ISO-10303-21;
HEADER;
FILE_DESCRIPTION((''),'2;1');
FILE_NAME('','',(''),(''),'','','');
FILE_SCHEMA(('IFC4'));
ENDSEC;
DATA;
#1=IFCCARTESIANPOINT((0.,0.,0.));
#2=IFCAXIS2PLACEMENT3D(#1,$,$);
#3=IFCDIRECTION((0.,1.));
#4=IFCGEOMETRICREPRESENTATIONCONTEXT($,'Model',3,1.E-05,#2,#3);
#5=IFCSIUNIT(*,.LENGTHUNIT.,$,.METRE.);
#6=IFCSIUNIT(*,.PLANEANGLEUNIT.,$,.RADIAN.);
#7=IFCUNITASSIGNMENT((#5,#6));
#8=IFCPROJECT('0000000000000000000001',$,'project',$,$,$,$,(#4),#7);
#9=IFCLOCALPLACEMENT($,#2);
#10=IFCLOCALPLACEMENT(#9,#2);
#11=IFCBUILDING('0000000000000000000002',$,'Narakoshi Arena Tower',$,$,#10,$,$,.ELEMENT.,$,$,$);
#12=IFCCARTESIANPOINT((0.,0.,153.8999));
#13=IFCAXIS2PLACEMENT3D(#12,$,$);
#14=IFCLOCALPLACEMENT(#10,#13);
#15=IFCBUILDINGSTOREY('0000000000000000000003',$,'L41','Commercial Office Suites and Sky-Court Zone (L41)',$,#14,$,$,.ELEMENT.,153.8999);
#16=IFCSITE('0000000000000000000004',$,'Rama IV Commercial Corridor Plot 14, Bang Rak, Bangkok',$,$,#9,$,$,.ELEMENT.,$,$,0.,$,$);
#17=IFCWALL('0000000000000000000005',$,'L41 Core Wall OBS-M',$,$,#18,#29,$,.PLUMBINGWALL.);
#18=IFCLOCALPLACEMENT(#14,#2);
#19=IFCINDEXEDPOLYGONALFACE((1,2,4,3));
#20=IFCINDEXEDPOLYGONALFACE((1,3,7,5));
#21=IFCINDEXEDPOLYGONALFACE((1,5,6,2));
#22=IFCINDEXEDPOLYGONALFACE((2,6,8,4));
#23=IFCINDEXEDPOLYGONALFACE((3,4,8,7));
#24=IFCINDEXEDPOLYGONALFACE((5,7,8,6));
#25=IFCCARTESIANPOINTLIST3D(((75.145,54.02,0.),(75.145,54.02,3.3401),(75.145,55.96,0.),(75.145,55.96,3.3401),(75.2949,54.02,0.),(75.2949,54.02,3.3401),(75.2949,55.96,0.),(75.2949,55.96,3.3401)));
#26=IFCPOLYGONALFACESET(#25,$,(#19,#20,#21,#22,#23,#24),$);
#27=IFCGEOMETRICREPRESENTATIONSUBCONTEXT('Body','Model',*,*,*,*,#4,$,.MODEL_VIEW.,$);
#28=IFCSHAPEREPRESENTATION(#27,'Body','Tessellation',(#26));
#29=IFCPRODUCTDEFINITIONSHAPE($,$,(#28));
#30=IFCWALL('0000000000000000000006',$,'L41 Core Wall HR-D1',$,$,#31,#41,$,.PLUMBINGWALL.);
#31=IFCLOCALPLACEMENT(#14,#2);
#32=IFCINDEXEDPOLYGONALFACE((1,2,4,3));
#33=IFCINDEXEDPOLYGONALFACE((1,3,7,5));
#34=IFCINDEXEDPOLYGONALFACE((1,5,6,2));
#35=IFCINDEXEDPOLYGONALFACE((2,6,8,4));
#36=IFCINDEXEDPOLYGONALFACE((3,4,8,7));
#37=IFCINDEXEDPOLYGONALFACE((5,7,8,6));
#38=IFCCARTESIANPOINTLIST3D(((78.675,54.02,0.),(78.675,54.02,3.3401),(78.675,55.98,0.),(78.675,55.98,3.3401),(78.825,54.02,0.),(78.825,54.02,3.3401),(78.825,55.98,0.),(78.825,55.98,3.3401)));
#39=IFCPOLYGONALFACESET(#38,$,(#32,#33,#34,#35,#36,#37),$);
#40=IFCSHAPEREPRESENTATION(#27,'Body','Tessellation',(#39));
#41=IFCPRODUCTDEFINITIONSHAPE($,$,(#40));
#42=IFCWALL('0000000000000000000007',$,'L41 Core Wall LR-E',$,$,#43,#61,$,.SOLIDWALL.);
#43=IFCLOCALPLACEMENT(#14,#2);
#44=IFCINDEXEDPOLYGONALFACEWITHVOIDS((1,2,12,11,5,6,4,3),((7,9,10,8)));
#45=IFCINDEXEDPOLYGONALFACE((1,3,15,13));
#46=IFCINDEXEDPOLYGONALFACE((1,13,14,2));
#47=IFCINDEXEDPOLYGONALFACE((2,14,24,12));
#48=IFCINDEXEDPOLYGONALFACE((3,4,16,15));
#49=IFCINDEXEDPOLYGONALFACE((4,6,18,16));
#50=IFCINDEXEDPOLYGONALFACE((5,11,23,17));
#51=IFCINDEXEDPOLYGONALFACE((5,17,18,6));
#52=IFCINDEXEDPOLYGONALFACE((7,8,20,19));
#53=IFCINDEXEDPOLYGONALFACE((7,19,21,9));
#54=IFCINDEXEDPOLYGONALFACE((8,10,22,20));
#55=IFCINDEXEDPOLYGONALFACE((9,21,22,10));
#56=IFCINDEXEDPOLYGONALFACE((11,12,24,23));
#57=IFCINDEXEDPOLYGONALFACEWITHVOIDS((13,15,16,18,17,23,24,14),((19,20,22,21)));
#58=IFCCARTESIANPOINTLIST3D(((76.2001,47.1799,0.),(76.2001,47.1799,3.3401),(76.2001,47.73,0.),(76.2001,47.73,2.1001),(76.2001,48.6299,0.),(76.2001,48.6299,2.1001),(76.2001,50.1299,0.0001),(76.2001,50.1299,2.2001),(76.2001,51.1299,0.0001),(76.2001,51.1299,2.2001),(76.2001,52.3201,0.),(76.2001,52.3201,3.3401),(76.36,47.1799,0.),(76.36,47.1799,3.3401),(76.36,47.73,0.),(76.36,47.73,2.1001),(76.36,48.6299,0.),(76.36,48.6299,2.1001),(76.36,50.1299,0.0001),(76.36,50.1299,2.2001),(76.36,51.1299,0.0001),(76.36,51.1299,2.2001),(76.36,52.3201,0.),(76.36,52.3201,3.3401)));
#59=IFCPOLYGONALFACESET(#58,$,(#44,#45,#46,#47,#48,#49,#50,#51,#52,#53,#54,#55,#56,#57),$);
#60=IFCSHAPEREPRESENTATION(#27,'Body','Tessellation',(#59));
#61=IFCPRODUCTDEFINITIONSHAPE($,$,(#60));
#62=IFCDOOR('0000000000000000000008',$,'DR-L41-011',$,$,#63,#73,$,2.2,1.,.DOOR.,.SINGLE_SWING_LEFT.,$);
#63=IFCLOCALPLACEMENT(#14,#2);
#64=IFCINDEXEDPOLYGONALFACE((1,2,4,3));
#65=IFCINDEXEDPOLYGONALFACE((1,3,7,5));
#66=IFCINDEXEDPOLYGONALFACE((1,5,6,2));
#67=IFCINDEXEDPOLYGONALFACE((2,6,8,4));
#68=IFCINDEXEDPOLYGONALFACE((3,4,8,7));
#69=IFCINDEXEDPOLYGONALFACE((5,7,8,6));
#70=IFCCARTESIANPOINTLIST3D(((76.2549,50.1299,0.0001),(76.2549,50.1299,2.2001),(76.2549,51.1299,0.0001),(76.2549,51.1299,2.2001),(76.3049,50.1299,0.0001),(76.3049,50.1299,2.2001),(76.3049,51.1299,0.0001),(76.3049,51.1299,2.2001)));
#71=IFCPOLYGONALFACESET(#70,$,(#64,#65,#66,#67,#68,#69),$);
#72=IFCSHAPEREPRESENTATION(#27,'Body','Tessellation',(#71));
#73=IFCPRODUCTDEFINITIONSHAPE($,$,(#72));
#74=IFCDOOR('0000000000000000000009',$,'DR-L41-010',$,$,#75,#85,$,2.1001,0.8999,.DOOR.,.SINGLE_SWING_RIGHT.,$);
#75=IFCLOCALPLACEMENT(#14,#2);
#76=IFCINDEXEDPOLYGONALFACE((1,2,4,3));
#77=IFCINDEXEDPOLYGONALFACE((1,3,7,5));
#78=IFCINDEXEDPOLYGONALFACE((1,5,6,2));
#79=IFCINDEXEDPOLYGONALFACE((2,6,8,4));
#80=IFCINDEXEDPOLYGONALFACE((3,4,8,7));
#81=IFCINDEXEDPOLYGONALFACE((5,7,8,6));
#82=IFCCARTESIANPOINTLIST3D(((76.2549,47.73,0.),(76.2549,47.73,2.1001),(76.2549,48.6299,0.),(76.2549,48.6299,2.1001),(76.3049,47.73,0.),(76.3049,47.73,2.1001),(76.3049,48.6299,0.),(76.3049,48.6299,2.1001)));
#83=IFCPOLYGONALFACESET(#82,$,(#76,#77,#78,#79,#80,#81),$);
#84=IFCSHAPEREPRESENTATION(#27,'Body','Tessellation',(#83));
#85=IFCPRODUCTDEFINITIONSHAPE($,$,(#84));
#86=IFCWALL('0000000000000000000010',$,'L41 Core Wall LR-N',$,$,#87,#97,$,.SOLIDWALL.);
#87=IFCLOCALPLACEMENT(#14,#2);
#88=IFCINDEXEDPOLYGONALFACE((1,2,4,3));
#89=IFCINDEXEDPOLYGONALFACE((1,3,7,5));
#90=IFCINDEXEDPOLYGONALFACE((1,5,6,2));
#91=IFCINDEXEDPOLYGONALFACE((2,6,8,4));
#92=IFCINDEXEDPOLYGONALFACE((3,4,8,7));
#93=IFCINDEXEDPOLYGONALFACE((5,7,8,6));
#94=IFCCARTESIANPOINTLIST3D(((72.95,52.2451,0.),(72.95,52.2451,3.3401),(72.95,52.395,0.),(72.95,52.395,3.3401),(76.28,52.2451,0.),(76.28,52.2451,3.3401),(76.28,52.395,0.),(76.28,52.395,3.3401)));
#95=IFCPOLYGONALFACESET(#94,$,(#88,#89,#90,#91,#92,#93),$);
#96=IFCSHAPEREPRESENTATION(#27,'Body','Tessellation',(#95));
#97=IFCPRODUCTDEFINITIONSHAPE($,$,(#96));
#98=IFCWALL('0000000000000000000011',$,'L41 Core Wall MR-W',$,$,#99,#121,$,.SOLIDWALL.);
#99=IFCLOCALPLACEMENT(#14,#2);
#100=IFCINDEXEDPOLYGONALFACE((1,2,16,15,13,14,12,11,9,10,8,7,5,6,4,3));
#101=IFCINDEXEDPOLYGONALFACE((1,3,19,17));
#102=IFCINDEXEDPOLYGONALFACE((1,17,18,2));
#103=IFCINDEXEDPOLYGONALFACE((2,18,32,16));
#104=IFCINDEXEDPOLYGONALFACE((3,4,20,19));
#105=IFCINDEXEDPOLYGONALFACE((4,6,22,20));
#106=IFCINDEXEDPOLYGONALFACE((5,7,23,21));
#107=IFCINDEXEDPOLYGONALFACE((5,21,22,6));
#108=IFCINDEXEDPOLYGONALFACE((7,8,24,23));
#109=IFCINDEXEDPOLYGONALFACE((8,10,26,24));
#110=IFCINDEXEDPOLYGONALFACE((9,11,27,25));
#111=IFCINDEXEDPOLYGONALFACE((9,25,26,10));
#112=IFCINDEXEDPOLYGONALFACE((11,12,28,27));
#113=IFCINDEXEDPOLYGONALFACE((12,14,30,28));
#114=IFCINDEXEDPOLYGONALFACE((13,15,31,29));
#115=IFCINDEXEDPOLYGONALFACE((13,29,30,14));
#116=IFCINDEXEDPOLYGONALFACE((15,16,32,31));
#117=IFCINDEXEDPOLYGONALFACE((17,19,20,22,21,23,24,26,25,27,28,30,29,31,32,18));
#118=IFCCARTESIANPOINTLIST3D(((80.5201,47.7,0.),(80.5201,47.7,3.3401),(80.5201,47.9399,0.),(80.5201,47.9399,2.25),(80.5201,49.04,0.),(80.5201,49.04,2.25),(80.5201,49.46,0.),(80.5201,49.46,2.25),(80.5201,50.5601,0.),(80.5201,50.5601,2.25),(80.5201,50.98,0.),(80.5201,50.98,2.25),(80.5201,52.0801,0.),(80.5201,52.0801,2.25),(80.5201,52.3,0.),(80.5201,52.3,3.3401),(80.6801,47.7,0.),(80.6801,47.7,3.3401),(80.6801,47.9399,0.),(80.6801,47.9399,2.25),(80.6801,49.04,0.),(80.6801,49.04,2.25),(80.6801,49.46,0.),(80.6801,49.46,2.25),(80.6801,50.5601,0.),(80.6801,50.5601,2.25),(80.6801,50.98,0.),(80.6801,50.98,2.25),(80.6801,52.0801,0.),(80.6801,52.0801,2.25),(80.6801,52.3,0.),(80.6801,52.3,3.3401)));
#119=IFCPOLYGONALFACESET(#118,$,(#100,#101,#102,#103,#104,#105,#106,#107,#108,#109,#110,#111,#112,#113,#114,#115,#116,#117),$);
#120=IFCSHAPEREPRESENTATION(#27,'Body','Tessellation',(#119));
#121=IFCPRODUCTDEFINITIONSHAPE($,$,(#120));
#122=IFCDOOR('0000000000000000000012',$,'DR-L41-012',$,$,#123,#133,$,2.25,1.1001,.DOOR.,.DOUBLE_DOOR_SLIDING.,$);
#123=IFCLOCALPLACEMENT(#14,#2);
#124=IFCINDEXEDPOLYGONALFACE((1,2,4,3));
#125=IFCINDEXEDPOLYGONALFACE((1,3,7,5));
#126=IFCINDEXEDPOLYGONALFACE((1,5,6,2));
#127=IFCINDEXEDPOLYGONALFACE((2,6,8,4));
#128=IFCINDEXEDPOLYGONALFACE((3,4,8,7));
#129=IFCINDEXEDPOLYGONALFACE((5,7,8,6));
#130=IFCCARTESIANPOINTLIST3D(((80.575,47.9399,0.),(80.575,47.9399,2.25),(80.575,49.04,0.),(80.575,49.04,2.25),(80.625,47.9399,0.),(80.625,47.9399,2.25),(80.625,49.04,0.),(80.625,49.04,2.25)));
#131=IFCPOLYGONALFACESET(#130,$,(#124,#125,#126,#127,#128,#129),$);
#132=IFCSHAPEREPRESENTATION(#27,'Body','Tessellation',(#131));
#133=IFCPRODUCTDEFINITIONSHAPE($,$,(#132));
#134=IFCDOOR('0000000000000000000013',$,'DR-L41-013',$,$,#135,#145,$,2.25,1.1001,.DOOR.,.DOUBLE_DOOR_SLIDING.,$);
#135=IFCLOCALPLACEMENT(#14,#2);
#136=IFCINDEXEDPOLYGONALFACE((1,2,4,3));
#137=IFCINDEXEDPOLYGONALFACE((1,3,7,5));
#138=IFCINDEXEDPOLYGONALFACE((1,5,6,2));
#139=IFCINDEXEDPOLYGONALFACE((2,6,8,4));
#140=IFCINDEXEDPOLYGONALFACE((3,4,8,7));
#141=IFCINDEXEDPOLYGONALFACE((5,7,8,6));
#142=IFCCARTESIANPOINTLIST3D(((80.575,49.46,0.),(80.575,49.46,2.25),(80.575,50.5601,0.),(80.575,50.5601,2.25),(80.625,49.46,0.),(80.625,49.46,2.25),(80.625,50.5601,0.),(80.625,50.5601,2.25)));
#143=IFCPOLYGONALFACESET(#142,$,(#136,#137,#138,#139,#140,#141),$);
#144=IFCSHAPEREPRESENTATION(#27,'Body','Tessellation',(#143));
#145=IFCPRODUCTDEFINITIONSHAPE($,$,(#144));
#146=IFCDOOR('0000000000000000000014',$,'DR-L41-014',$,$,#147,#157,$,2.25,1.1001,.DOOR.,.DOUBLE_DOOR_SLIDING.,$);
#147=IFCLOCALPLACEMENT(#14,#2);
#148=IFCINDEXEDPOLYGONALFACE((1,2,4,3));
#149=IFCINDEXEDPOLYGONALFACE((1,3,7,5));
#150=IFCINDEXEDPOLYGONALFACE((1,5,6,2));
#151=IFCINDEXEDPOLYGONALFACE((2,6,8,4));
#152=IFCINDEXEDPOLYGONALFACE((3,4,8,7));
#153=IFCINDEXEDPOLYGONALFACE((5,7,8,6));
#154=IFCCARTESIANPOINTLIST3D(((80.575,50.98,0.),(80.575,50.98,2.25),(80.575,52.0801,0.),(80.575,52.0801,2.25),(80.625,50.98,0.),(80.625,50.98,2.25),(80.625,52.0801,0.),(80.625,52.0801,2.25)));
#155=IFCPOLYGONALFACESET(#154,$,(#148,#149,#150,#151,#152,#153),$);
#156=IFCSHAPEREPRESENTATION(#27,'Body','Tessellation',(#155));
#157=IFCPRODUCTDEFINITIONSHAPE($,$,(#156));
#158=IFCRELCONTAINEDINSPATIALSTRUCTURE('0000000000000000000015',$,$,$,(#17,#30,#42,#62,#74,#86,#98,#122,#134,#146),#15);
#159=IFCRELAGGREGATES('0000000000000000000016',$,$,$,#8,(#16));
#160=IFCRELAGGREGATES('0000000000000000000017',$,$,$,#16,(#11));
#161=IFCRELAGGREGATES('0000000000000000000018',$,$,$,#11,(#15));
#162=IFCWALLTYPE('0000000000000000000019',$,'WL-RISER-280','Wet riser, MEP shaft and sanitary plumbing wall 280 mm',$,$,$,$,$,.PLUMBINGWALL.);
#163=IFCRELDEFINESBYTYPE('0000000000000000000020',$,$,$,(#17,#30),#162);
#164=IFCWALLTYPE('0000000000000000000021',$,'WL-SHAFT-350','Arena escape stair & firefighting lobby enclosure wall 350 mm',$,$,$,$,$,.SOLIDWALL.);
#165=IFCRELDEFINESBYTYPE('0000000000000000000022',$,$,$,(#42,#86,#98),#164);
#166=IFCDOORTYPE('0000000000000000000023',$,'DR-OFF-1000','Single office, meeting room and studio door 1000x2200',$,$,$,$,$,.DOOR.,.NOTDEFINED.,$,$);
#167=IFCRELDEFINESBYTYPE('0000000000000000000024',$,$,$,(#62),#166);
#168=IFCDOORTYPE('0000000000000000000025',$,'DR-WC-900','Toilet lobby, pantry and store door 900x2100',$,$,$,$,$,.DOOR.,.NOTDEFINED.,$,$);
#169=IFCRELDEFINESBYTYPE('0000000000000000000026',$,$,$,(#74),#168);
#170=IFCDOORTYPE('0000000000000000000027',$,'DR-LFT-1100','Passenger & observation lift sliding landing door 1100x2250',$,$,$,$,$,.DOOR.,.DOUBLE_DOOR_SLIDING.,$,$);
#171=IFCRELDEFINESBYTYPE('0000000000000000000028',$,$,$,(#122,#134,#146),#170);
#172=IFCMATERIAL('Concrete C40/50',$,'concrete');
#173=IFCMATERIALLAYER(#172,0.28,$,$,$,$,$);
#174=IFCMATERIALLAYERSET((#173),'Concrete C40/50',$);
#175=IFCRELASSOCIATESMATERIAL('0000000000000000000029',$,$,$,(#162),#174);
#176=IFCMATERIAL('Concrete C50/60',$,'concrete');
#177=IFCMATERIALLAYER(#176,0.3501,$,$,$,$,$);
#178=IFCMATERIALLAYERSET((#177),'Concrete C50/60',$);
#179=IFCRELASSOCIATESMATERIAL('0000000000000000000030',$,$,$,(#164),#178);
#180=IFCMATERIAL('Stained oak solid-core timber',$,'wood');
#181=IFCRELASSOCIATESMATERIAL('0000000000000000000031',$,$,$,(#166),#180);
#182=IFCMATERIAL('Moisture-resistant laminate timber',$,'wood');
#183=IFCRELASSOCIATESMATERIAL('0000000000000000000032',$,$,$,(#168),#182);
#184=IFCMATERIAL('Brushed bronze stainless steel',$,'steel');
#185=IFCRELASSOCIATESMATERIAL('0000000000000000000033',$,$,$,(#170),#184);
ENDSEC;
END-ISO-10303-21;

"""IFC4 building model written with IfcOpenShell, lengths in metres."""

from ifc_helpers import new_model, si_unit, direction, frame, frame_2d, origin, place, context, subcontext, project, spatial, rectangle, extrude, material, layer, layer_set, type_object, element, fill, save


model = new_model("IFC4")

# Units and contexts
model_context = context("Model", 3, precision=1e-05, world=origin(), true_north=direction((0.0, 1.0)))
body_context = subcontext(model_context, "Body", "Model", "MODEL_VIEW")
ifc_project = project(units=[si_unit("LENGTHUNIT", "METRE"), si_unit("PLANEANGLEUNIT", "RADIAN")], contexts=[model_context])

# Site, building, storey
site_placement = place(None, origin())
site = spatial("IfcSite", under=ifc_project, at=site_placement, Name="Rama IV Commercial Corridor Plot 14, Bang Rak, Bangkok", CompositionType="ELEMENT", RefElevation=0.0)
building_placement = place(site_placement, origin())
building = spatial("IfcBuilding", under=site, at=building_placement, Name="Narakoshi Arena Tower", CompositionType="ELEMENT")
storey_placement = place(building_placement, frame((0.0, 0.0, 153.8999)))
storey = spatial("IfcBuildingStorey", under=building, at=storey_placement, Name="L41", Description="Commercial Office Suites and Sky-Court Zone (L41)", CompositionType="ELEMENT", Elevation=153.8999)

# Walls
ifc_material_1 = material(Name="Concrete C40/50", Category="concrete")
ifc_layer_1 = layer(ifc_material_1, 0.28)
ifc_layer_set_1 = layer_set([ifc_layer_1], Name="Concrete C40/50")
wall_type_1 = type_object("IfcWallType", Name="WL-RISER-280", Description="Wet riser, MEP shaft and sanitary plumbing wall 280 mm", PredefinedType="PLUMBINGWALL", material=ifc_layer_set_1)
for number, where, z_axis, x_axis, name in (
    (1, (75.22, 54.02, 0.0), (0.0, 0.0, 1.0), (0.0, 1.0, 0.0), "L41 Core Wall OBS-M"),
):
    element("IfcWall", number, at=place(storey_placement, frame(where, z_axis=z_axis, x_axis=x_axis)), inside=storey, type_object=wall_type_1, Name=name, PredefinedType="PLUMBINGWALL", context=body_context, shape_type="SweptSolid", body=[
        extrude(rectangle(XDim=1.9399, YDim=0.1499, at=frame_2d((0.97, 0.0))), origin(), (0.0, 0.0, 1.0), 3.3401),
    ])
wall_1_placement = place(storey_placement, frame((78.75, 54.02, 0.0), z_axis=(0.0, 0.0, 1.0), x_axis=(0.0, 1.0, 0.0)))
element("IfcWall", 2, at=wall_1_placement, inside=storey, type_object=wall_type_1, Name="L41 Core Wall HR-D1", PredefinedType="PLUMBINGWALL", context=body_context, shape_type="SweptSolid", body=[
    extrude(rectangle(XDim=1.96, YDim=0.1499, at=frame_2d((0.98, 0.0))), origin(), (0.0, 0.0, 1.0), 3.3401),
])

# Wall, openings, doors
ifc_material_2 = material(Name="Concrete C50/60", Category="concrete")
ifc_layer_2 = layer(ifc_material_2, 0.3501)
ifc_layer_set_2 = layer_set([ifc_layer_2], Name="Concrete C50/60")
wall_type_2 = type_object("IfcWallType", Name="WL-SHAFT-350", Description="Arena escape stair & firefighting lobby enclosure wall 350 mm", PredefinedType="SOLIDWALL", material=ifc_layer_set_2)
wall_2_placement = place(storey_placement, frame((76.28, 47.1799, 0.0), z_axis=(0.0, 0.0, 1.0), x_axis=(0.0, 1.0, 0.0)))
wall_2 = element("IfcWall", 3, at=wall_2_placement, inside=storey, type_object=wall_type_2, Name="L41 Core Wall LR-E", PredefinedType="SOLIDWALL", context=body_context, shape_type="SweptSolid", body=[
    extrude(rectangle(XDim=5.1401, YDim=0.1599, at=frame_2d((2.5701, 0.0))), origin(), (0.0, 0.0, 1.0), 3.3401),
])
opening_1_placement = place(wall_2_placement, frame((0.55, 0.0, 0.0)))
opening_1 = element("IfcOpeningElement", 4, at=opening_1_placement, cuts=wall_2, PredefinedType="OPENING", context=body_context, shape_type="SweptSolid", body=[
    extrude(rectangle(XDim=0.8999, YDim=2.1001, at=frame_2d((0.45, 1.05))), frame((0.0, 0.0898, 0.0), z_axis=(0.0, -1.0, 0.0), x_axis=(1.0, 0.0, 0.0)), (0.0, 0.0, 1.0), 0.1799),
])
opening_2_placement = place(wall_2_placement, frame((2.95, 0.0, 0.0)))
opening_2 = element("IfcOpeningElement", 5, at=opening_2_placement, cuts=wall_2, PredefinedType="OPENING", context=body_context, shape_type="SweptSolid", body=[
    extrude(rectangle(XDim=1.0, YDim=2.2, at=frame_2d((0.5, 1.1001))), frame((0.0, 0.0898, 0.0), z_axis=(0.0, -1.0, 0.0), x_axis=(1.0, 0.0, 0.0)), (0.0, 0.0, 1.0), 0.1799),
])
ifc_material_3 = material(Name="Stained oak solid-core timber", Category="wood")
door_type_1 = type_object("IfcDoorType", Name="DR-OFF-1000", Description="Single office, meeting room and studio door 1000x2200", OperationType="NOTDEFINED", PredefinedType="DOOR", material=ifc_material_3)
door_1_placement = place(opening_2_placement, frame((1.0, 0.0, 0.0), z_axis=(0.0, 0.0, 1.0), x_axis=(-1.0, 0.0, 0.0)))
door_1 = element("IfcDoor", 6, at=door_1_placement, inside=storey, type_object=door_type_1, Name="DR-L41-011", OperationType="SINGLE_SWING_LEFT", OverallHeight=2.2, OverallWidth=1.0, PredefinedType="DOOR", context=body_context, shape_type="SweptSolid", body=[
    extrude(rectangle(XDim=1.0, YDim=2.2, at=frame_2d((0.5, 1.1001))), frame((0.0, 0.0249, 0.0), z_axis=(0.0, -1.0, 0.0), x_axis=(1.0, 0.0, 0.0)), (0.0, 0.0, 1.0), 0.05),
])
fill(opening_2, door_1)
ifc_material_4 = material(Name="Moisture-resistant laminate timber", Category="wood")
door_type_2 = type_object("IfcDoorType", Name="DR-WC-900", Description="Toilet lobby, pantry and store door 900x2100", OperationType="NOTDEFINED", PredefinedType="DOOR", material=ifc_material_4)
door_2_placement = place(opening_1_placement, frame((0.8999, 0.0, 0.0), z_axis=(0.0, 0.0, 1.0), x_axis=(-1.0, 0.0, 0.0)))
door_2 = element("IfcDoor", 7, at=door_2_placement, inside=storey, type_object=door_type_2, Name="DR-L41-010", OperationType="SINGLE_SWING_RIGHT", OverallHeight=2.1001, OverallWidth=0.8999, PredefinedType="DOOR", context=body_context, shape_type="SweptSolid", body=[
    extrude(rectangle(XDim=0.8999, YDim=2.1001, at=frame_2d((0.45, 1.05))), frame((0.0, 0.0249, 0.0), z_axis=(0.0, -1.0, 0.0), x_axis=(1.0, 0.0, 0.0)), (0.0, 0.0, 1.0), 0.05),
])
fill(opening_1, door_2)

# Wall
wall_3_placement = place(storey_placement, frame((72.95, 52.3201, 0.0), z_axis=(0.0, 0.0, 1.0), x_axis=(1.0, 0.0, 0.0)))
element("IfcWall", 8, at=wall_3_placement, inside=storey, type_object=wall_type_2, Name="L41 Core Wall LR-N", PredefinedType="SOLIDWALL", context=body_context, shape_type="SweptSolid", body=[
    extrude(rectangle(XDim=3.3301, YDim=0.1499, at=frame_2d((1.665, 0.0))), origin(), (0.0, 0.0, 1.0), 3.3401),
])

# Wall, openings, doors
wall_4_placement = place(storey_placement, frame((80.6001, 47.7, 0.0), z_axis=(0.0, 0.0, 1.0), x_axis=(0.0, 1.0, 0.0)))
wall_4 = element("IfcWall", 9, at=wall_4_placement, inside=storey, type_object=wall_type_2, Name="L41 Core Wall MR-W", PredefinedType="SOLIDWALL", context=body_context, shape_type="SweptSolid", body=[
    extrude(rectangle(XDim=4.6001, YDim=0.1599, at=frame_2d((2.3, 0.0))), origin(), (0.0, 0.0, 1.0), 3.3401),
])
opening_3_placement = place(wall_4_placement, frame((0.24, 0.0, 0.0)))
opening_3 = element("IfcOpeningElement", 10, at=opening_3_placement, cuts=wall_4, PredefinedType="OPENING", context=body_context, shape_type="SweptSolid", body=[
    extrude(rectangle(XDim=1.1001, YDim=2.25, at=frame_2d((0.55, 1.125))), frame((0.0, 0.0898, 0.0), z_axis=(0.0, -1.0, 0.0), x_axis=(1.0, 0.0, 0.0)), (0.0, 0.0, 1.0), 0.1799),
])
opening_4_placement = place(wall_4_placement, frame((1.76, 0.0, 0.0)))
opening_4 = element("IfcOpeningElement", 11, at=opening_4_placement, cuts=wall_4, PredefinedType="OPENING", context=body_context, shape_type="SweptSolid", body=[
    extrude(rectangle(XDim=1.1001, YDim=2.25, at=frame_2d((0.55, 1.125))), frame((0.0, 0.0898, 0.0), z_axis=(0.0, -1.0, 0.0), x_axis=(1.0, 0.0, 0.0)), (0.0, 0.0, 1.0), 0.1799),
])
opening_5_placement = place(wall_4_placement, frame((3.28, 0.0, 0.0)))
opening_5 = element("IfcOpeningElement", 12, at=opening_5_placement, cuts=wall_4, PredefinedType="OPENING", context=body_context, shape_type="SweptSolid", body=[
    extrude(rectangle(XDim=1.1001, YDim=2.25, at=frame_2d((0.55, 1.125))), frame((0.0, 0.0898, 0.0), z_axis=(0.0, -1.0, 0.0), x_axis=(1.0, 0.0, 0.0)), (0.0, 0.0, 1.0), 0.1799),
])
ifc_material_5 = material(Name="Brushed bronze stainless steel", Category="steel")
door_type_3 = type_object("IfcDoorType", Name="DR-LFT-1100", Description="Passenger & observation lift sliding landing door 1100x2250", OperationType="DOUBLE_DOOR_SLIDING", PredefinedType="DOOR", material=ifc_material_5)
door_3_placement = place(opening_3_placement, frame((1.1001, 0.0, 0.0), z_axis=(0.0, 0.0, 1.0), x_axis=(-1.0, 0.0, 0.0)))
door_3 = element("IfcDoor", 13, at=door_3_placement, inside=storey, type_object=door_type_3, Name="DR-L41-012", OperationType="DOUBLE_DOOR_SLIDING", OverallHeight=2.25, OverallWidth=1.1001, PredefinedType="DOOR", context=body_context, shape_type="SweptSolid", body=[
    extrude(rectangle(XDim=1.1001, YDim=2.25, at=frame_2d((0.55, 1.125))), frame((0.0, 0.0249, 0.0), z_axis=(0.0, -1.0, 0.0), x_axis=(1.0, 0.0, 0.0)), (0.0, 0.0, 1.0), 0.05),
])
fill(opening_3, door_3)
door_4_placement = place(opening_4_placement, frame((1.1001, 0.0, 0.0), z_axis=(0.0, 0.0, 1.0), x_axis=(-1.0, 0.0, 0.0)))
door_4 = element("IfcDoor", 14, at=door_4_placement, inside=storey, type_object=door_type_3, Name="DR-L41-013", OperationType="DOUBLE_DOOR_SLIDING", OverallHeight=2.25, OverallWidth=1.1001, PredefinedType="DOOR", context=body_context, shape_type="SweptSolid", body=[
    extrude(rectangle(XDim=1.1001, YDim=2.25, at=frame_2d((0.55, 1.125))), frame((0.0, 0.0249, 0.0), z_axis=(0.0, -1.0, 0.0), x_axis=(1.0, 0.0, 0.0)), (0.0, 0.0, 1.0), 0.05),
])
fill(opening_4, door_4)
door_5_placement = place(opening_5_placement, frame((1.1001, 0.0, 0.0), z_axis=(0.0, 0.0, 1.0), x_axis=(-1.0, 0.0, 0.0)))
door_5 = element("IfcDoor", 15, at=door_5_placement, inside=storey, type_object=door_type_3, Name="DR-L41-014", OperationType="DOUBLE_DOOR_SLIDING", OverallHeight=2.25, OverallWidth=1.1001, PredefinedType="DOOR", context=body_context, shape_type="SweptSolid", body=[
    extrude(rectangle(XDim=1.1001, YDim=2.25, at=frame_2d((0.55, 1.125))), frame((0.0, 0.0249, 0.0), z_axis=(0.0, -1.0, 0.0), x_axis=(1.0, 0.0, 0.0)), (0.0, 0.0, 1.0), 0.05),
])
fill(opening_5, door_5)

save(model, "model.ifc")
